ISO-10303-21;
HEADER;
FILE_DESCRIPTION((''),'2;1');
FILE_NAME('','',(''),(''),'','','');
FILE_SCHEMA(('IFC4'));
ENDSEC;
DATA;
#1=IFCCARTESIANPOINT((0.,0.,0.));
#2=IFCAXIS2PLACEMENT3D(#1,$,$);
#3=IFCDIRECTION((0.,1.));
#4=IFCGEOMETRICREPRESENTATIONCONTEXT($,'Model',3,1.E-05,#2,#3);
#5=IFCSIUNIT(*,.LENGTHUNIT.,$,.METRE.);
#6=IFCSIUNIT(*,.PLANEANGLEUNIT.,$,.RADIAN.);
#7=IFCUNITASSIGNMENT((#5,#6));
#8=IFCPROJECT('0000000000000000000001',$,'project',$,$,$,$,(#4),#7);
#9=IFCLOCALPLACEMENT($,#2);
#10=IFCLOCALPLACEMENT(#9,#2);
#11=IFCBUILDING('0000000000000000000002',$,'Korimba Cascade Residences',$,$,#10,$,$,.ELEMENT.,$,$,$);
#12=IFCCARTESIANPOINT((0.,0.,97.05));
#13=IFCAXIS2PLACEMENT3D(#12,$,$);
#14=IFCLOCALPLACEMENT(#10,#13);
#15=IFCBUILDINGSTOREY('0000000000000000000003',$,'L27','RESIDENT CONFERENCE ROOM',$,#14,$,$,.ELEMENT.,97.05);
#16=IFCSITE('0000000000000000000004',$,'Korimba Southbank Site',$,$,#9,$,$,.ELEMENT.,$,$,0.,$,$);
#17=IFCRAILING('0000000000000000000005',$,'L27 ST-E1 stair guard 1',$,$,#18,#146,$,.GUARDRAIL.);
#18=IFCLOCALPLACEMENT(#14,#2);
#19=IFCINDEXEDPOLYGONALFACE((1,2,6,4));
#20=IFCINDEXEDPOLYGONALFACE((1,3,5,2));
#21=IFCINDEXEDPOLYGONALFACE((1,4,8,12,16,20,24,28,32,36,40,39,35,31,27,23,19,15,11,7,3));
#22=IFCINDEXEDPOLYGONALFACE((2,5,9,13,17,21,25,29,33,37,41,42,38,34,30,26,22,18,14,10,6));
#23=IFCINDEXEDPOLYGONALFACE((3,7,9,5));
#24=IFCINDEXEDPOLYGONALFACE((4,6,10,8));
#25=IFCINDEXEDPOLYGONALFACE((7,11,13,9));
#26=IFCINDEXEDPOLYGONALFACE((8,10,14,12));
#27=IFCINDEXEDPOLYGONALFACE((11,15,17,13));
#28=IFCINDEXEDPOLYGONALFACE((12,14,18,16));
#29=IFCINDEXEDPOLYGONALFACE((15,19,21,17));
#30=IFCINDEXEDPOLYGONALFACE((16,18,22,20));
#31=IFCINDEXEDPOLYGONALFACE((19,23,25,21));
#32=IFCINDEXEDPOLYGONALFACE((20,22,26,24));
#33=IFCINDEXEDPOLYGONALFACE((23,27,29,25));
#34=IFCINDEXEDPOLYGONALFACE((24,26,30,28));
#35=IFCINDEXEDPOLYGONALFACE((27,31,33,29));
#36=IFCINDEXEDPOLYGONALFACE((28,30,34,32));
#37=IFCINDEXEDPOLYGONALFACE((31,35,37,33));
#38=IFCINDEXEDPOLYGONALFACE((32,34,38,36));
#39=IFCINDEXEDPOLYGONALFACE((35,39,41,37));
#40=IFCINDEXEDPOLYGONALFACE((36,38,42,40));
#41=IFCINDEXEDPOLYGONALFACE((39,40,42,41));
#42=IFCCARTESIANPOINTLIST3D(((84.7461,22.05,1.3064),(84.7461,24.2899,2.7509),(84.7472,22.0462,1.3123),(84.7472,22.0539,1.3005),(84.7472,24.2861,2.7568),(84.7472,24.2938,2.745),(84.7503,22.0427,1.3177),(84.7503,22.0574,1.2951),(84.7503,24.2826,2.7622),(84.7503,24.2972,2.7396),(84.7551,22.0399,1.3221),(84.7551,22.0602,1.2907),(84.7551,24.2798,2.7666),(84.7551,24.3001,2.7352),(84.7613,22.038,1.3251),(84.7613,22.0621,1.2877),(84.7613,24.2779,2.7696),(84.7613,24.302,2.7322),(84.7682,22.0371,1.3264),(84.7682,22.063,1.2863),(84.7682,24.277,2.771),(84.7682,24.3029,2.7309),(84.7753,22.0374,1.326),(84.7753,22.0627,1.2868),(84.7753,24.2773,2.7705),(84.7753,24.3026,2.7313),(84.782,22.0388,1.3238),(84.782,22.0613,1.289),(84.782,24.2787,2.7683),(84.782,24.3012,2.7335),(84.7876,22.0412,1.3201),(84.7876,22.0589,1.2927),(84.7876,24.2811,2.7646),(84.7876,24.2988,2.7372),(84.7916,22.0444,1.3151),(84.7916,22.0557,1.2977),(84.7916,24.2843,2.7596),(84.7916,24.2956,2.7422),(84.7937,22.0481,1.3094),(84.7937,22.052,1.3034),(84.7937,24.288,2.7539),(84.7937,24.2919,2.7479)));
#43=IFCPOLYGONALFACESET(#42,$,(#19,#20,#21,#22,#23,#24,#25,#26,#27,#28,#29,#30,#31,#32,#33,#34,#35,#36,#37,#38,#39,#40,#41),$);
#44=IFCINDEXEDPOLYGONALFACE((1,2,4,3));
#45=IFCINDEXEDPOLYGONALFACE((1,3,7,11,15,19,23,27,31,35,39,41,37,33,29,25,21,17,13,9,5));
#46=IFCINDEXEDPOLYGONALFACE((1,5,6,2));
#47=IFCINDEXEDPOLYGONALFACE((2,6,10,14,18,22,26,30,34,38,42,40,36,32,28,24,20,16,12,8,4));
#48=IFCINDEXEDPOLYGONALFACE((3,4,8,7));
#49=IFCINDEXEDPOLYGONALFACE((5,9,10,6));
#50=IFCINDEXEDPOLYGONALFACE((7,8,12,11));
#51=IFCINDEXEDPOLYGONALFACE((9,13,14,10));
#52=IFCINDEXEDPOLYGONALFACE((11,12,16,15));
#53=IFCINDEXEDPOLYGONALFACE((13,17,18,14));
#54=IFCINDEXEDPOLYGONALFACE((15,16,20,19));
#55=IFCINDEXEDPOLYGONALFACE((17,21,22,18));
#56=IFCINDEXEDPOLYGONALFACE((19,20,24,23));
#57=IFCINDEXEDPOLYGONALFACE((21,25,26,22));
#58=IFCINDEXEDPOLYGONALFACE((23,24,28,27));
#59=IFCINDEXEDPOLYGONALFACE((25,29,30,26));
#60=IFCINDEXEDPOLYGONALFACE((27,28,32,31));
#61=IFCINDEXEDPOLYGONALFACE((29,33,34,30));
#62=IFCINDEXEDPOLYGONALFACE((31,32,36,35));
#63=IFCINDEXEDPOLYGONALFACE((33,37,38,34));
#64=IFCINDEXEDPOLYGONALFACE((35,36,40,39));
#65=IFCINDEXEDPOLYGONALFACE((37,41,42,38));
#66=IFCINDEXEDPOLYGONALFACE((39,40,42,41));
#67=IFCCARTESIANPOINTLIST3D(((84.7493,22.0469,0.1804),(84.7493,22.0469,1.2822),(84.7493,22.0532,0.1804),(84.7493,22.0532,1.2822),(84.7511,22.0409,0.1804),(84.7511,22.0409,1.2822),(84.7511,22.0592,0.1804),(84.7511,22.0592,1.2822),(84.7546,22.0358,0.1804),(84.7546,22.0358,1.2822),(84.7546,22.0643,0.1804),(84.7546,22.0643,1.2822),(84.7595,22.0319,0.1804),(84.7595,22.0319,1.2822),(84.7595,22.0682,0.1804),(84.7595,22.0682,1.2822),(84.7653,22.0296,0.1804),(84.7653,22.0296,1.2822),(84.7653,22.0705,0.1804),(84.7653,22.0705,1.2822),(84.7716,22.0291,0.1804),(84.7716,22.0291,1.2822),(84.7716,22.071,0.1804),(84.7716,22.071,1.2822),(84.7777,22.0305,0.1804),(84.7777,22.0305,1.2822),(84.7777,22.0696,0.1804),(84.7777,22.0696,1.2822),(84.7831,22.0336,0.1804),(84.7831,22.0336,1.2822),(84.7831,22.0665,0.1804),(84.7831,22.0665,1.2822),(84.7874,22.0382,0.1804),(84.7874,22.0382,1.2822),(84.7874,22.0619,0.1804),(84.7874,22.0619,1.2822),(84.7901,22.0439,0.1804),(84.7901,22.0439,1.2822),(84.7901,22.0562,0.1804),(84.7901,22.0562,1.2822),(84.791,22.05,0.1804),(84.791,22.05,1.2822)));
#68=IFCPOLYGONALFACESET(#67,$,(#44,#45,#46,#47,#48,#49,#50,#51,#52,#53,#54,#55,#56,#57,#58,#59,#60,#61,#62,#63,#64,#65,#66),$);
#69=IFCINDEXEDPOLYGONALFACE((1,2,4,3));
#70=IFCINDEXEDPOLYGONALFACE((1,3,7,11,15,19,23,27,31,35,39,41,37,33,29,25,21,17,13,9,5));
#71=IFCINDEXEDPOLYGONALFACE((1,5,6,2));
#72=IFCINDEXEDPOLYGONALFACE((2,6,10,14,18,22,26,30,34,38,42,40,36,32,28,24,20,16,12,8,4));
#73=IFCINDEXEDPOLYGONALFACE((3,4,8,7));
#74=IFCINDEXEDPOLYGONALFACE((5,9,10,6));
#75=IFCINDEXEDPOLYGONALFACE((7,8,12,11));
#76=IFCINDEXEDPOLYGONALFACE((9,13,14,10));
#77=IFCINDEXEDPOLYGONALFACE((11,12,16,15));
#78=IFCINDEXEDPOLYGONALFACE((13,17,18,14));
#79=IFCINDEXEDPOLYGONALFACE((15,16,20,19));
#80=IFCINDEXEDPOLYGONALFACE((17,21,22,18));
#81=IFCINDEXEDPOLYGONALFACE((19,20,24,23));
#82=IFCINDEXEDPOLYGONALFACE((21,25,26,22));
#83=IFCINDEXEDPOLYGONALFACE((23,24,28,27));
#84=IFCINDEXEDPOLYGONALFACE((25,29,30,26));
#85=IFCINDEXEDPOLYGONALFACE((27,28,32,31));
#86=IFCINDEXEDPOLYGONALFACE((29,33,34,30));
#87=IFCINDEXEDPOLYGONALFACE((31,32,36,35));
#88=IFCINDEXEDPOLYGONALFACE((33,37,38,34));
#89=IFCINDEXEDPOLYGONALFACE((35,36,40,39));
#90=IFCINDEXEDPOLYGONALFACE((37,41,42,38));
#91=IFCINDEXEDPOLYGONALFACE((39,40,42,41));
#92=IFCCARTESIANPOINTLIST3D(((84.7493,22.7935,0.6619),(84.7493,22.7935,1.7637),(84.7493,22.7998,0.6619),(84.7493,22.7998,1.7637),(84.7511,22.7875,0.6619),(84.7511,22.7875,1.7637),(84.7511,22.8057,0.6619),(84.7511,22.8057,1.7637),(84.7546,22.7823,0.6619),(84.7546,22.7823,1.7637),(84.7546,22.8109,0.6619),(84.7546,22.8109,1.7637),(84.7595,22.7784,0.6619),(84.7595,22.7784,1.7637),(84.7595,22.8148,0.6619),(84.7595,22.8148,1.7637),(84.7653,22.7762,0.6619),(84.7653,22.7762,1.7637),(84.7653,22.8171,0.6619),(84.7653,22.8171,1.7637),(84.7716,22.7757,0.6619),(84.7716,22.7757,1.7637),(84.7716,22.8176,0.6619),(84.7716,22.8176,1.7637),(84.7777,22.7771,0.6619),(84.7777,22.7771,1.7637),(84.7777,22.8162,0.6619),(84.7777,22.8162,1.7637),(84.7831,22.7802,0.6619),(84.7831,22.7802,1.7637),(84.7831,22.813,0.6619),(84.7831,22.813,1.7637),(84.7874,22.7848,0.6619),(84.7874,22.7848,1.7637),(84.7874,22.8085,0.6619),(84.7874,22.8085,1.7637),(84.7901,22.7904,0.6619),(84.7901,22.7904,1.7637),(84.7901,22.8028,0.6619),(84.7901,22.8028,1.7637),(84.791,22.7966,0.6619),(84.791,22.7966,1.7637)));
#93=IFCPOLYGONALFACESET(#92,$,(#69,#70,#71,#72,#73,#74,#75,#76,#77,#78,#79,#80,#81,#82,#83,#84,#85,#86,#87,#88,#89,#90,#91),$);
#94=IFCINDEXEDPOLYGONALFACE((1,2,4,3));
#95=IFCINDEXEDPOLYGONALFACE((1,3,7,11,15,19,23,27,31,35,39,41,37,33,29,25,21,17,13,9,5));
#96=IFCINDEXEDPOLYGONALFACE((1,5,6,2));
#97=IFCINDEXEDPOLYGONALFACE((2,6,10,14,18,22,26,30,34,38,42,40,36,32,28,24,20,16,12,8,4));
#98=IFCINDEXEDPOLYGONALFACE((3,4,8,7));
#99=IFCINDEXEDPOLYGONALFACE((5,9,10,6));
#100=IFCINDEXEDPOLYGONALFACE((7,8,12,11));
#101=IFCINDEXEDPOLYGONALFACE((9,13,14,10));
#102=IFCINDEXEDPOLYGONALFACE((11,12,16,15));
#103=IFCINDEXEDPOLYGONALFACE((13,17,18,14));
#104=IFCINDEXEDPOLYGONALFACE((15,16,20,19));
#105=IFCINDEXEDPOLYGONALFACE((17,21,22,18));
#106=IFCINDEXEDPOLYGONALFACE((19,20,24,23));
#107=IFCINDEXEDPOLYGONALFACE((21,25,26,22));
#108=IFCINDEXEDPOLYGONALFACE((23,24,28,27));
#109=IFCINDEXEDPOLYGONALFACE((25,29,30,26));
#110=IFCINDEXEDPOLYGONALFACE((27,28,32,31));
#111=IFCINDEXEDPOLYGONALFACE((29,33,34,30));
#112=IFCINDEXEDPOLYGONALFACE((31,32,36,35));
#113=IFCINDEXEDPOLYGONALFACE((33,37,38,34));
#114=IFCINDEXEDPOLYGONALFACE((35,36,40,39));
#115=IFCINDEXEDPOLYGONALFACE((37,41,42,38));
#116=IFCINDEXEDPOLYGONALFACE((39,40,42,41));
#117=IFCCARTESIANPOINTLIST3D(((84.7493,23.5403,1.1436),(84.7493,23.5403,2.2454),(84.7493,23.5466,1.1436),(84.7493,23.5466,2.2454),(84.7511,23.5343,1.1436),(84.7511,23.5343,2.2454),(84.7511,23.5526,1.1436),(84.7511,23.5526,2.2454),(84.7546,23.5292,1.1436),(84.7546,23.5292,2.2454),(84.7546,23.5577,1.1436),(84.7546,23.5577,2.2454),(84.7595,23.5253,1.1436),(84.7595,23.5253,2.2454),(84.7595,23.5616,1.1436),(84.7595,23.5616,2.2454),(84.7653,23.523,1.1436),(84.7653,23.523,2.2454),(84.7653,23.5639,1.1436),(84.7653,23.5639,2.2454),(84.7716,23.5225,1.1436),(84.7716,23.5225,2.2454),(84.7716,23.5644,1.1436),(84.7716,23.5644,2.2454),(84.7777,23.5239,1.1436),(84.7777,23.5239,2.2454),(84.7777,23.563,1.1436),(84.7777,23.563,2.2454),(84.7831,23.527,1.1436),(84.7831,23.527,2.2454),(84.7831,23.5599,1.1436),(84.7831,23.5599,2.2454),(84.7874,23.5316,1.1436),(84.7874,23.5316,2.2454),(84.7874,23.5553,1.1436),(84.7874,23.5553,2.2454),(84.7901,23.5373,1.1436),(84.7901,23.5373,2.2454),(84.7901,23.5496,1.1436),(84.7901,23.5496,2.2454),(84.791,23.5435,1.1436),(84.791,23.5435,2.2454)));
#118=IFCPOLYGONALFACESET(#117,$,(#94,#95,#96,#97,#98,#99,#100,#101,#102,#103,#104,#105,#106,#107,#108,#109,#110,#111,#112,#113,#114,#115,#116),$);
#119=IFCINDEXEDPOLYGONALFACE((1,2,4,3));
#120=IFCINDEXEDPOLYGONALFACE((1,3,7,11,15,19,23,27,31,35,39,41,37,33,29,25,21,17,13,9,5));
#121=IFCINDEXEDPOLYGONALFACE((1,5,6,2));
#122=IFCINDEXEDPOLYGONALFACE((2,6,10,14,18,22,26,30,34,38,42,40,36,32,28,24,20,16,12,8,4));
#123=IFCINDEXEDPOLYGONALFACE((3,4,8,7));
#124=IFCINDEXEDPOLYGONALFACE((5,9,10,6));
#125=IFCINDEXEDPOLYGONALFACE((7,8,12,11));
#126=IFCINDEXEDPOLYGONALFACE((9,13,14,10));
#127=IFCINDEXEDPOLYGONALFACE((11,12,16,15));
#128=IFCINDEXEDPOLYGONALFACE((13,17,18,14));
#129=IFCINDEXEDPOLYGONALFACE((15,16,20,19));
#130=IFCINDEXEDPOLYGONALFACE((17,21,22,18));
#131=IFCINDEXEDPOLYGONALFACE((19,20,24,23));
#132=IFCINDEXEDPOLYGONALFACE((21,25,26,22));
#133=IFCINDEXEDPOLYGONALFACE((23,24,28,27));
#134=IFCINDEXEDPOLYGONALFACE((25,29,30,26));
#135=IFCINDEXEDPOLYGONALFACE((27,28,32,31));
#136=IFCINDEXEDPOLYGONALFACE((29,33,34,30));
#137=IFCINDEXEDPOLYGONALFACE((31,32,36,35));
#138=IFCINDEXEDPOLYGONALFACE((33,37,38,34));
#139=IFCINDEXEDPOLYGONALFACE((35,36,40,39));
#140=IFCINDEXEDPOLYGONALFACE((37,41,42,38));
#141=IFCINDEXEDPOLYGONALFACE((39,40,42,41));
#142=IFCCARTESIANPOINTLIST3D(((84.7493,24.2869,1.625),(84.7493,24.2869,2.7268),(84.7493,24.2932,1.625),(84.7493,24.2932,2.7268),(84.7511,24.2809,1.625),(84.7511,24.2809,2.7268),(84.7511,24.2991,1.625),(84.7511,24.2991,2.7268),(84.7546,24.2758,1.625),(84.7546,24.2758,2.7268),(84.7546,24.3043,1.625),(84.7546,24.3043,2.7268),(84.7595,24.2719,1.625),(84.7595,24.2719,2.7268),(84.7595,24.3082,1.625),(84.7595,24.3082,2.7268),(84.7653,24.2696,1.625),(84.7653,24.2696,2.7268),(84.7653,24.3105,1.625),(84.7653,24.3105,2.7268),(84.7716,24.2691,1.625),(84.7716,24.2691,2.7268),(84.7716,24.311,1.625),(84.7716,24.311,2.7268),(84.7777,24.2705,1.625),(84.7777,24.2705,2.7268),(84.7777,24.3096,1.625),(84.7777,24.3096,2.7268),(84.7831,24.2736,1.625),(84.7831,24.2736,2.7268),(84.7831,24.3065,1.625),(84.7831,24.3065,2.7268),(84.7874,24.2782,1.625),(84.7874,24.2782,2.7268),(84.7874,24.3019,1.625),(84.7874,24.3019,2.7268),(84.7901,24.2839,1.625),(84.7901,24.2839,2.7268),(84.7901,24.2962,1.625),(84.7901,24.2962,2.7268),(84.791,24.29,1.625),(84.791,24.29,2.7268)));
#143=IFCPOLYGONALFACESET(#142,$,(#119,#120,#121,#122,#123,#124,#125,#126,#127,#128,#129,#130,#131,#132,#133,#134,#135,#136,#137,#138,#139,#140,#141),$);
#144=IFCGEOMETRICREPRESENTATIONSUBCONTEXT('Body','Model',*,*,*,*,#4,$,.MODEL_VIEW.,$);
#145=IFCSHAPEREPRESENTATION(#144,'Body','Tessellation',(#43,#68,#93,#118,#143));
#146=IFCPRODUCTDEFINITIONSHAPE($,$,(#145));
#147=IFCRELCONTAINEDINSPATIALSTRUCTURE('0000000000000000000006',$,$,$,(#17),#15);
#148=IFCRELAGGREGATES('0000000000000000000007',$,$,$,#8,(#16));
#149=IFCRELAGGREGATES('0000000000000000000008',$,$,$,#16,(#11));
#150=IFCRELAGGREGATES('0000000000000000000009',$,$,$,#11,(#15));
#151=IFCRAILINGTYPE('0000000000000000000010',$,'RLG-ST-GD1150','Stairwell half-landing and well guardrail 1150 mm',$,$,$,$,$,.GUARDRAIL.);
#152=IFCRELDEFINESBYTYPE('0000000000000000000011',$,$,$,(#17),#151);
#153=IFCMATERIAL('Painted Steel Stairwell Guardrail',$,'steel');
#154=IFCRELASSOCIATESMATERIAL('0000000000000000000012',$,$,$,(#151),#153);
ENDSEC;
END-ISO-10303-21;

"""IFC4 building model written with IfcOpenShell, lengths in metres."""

from ifc_helpers import new_model, si_unit, direction, frame, origin, origin_2d, place, context, subcontext, project, spatial, circle, extrude, material, type_object, element, save


model = new_model("IFC4")

# Units and contexts
model_context = context("Model", 3, precision=1e-05, world=origin(), true_north=direction((0.0, 1.0)))
body_context = subcontext(model_context, "Body", "Model", "MODEL_VIEW")
ifc_project = project(units=[si_unit("LENGTHUNIT", "METRE"), si_unit("PLANEANGLEUNIT", "RADIAN")], contexts=[model_context])

# Site, building, storey
site_placement = place(None, origin())
site = spatial("IfcSite", under=ifc_project, at=site_placement, Name="Korimba Southbank Site", CompositionType="ELEMENT", RefElevation=0.0)
building_placement = place(site_placement, origin())
building = spatial("IfcBuilding", under=site, at=building_placement, Name="Korimba Cascade Residences", CompositionType="ELEMENT")
storey_placement = place(building_placement, frame((0.0, 0.0, 97.05)))
storey = spatial("IfcBuildingStorey", under=building, at=storey_placement, Name="L27", Description="RESIDENT CONFERENCE ROOM", CompositionType="ELEMENT", Elevation=97.05)

# Railing
ifc_material_1 = material(Name="Painted Steel Stairwell Guardrail", Category="steel")
railing_type_1 = type_object("IfcRailingType", Name="RLG-ST-GD1150", Description="Stairwell half-landing and well guardrail 1150 mm", PredefinedType="GUARDRAIL", material=ifc_material_1)
railing_1_placement = place(storey_placement, frame((84.77, 22.05, 0.1804)))
element("IfcRailing", 1, at=railing_1_placement, inside=storey, type_object=railing_type_1, Name="L27 ST-E1 stair guard 1", PredefinedType="GUARDRAIL", context=body_context, shape_type="SweptSolid", body=[
    extrude(circle(Radius=0.0239, at=origin_2d()), frame((0.0, 0.0, 1.126), z_axis=(0.0, 0.840395, 0.541975), x_axis=(-1.0, 0.0, 0.0)), (0.0, 0.0, 1.0), 2.6653),
    extrude(circle(Radius=0.021, at=origin_2d()), origin(), (0.0, 0.0, 1.0), 1.1018),
    extrude(circle(Radius=0.021, at=origin_2d()), frame((0.0, 0.7466, 0.4814)), (0.0, 0.0, 1.0), 1.1018),
    extrude(circle(Radius=0.021, at=origin_2d()), frame((0.0, 1.4934, 0.9631)), (0.0, 0.0, 1.0), 1.1018),
    extrude(circle(Radius=0.021, at=origin_2d()), frame((0.0, 2.24, 1.4446)), (0.0, 0.0, 1.0), 1.1018),
])

save(model, "model.ifc")
